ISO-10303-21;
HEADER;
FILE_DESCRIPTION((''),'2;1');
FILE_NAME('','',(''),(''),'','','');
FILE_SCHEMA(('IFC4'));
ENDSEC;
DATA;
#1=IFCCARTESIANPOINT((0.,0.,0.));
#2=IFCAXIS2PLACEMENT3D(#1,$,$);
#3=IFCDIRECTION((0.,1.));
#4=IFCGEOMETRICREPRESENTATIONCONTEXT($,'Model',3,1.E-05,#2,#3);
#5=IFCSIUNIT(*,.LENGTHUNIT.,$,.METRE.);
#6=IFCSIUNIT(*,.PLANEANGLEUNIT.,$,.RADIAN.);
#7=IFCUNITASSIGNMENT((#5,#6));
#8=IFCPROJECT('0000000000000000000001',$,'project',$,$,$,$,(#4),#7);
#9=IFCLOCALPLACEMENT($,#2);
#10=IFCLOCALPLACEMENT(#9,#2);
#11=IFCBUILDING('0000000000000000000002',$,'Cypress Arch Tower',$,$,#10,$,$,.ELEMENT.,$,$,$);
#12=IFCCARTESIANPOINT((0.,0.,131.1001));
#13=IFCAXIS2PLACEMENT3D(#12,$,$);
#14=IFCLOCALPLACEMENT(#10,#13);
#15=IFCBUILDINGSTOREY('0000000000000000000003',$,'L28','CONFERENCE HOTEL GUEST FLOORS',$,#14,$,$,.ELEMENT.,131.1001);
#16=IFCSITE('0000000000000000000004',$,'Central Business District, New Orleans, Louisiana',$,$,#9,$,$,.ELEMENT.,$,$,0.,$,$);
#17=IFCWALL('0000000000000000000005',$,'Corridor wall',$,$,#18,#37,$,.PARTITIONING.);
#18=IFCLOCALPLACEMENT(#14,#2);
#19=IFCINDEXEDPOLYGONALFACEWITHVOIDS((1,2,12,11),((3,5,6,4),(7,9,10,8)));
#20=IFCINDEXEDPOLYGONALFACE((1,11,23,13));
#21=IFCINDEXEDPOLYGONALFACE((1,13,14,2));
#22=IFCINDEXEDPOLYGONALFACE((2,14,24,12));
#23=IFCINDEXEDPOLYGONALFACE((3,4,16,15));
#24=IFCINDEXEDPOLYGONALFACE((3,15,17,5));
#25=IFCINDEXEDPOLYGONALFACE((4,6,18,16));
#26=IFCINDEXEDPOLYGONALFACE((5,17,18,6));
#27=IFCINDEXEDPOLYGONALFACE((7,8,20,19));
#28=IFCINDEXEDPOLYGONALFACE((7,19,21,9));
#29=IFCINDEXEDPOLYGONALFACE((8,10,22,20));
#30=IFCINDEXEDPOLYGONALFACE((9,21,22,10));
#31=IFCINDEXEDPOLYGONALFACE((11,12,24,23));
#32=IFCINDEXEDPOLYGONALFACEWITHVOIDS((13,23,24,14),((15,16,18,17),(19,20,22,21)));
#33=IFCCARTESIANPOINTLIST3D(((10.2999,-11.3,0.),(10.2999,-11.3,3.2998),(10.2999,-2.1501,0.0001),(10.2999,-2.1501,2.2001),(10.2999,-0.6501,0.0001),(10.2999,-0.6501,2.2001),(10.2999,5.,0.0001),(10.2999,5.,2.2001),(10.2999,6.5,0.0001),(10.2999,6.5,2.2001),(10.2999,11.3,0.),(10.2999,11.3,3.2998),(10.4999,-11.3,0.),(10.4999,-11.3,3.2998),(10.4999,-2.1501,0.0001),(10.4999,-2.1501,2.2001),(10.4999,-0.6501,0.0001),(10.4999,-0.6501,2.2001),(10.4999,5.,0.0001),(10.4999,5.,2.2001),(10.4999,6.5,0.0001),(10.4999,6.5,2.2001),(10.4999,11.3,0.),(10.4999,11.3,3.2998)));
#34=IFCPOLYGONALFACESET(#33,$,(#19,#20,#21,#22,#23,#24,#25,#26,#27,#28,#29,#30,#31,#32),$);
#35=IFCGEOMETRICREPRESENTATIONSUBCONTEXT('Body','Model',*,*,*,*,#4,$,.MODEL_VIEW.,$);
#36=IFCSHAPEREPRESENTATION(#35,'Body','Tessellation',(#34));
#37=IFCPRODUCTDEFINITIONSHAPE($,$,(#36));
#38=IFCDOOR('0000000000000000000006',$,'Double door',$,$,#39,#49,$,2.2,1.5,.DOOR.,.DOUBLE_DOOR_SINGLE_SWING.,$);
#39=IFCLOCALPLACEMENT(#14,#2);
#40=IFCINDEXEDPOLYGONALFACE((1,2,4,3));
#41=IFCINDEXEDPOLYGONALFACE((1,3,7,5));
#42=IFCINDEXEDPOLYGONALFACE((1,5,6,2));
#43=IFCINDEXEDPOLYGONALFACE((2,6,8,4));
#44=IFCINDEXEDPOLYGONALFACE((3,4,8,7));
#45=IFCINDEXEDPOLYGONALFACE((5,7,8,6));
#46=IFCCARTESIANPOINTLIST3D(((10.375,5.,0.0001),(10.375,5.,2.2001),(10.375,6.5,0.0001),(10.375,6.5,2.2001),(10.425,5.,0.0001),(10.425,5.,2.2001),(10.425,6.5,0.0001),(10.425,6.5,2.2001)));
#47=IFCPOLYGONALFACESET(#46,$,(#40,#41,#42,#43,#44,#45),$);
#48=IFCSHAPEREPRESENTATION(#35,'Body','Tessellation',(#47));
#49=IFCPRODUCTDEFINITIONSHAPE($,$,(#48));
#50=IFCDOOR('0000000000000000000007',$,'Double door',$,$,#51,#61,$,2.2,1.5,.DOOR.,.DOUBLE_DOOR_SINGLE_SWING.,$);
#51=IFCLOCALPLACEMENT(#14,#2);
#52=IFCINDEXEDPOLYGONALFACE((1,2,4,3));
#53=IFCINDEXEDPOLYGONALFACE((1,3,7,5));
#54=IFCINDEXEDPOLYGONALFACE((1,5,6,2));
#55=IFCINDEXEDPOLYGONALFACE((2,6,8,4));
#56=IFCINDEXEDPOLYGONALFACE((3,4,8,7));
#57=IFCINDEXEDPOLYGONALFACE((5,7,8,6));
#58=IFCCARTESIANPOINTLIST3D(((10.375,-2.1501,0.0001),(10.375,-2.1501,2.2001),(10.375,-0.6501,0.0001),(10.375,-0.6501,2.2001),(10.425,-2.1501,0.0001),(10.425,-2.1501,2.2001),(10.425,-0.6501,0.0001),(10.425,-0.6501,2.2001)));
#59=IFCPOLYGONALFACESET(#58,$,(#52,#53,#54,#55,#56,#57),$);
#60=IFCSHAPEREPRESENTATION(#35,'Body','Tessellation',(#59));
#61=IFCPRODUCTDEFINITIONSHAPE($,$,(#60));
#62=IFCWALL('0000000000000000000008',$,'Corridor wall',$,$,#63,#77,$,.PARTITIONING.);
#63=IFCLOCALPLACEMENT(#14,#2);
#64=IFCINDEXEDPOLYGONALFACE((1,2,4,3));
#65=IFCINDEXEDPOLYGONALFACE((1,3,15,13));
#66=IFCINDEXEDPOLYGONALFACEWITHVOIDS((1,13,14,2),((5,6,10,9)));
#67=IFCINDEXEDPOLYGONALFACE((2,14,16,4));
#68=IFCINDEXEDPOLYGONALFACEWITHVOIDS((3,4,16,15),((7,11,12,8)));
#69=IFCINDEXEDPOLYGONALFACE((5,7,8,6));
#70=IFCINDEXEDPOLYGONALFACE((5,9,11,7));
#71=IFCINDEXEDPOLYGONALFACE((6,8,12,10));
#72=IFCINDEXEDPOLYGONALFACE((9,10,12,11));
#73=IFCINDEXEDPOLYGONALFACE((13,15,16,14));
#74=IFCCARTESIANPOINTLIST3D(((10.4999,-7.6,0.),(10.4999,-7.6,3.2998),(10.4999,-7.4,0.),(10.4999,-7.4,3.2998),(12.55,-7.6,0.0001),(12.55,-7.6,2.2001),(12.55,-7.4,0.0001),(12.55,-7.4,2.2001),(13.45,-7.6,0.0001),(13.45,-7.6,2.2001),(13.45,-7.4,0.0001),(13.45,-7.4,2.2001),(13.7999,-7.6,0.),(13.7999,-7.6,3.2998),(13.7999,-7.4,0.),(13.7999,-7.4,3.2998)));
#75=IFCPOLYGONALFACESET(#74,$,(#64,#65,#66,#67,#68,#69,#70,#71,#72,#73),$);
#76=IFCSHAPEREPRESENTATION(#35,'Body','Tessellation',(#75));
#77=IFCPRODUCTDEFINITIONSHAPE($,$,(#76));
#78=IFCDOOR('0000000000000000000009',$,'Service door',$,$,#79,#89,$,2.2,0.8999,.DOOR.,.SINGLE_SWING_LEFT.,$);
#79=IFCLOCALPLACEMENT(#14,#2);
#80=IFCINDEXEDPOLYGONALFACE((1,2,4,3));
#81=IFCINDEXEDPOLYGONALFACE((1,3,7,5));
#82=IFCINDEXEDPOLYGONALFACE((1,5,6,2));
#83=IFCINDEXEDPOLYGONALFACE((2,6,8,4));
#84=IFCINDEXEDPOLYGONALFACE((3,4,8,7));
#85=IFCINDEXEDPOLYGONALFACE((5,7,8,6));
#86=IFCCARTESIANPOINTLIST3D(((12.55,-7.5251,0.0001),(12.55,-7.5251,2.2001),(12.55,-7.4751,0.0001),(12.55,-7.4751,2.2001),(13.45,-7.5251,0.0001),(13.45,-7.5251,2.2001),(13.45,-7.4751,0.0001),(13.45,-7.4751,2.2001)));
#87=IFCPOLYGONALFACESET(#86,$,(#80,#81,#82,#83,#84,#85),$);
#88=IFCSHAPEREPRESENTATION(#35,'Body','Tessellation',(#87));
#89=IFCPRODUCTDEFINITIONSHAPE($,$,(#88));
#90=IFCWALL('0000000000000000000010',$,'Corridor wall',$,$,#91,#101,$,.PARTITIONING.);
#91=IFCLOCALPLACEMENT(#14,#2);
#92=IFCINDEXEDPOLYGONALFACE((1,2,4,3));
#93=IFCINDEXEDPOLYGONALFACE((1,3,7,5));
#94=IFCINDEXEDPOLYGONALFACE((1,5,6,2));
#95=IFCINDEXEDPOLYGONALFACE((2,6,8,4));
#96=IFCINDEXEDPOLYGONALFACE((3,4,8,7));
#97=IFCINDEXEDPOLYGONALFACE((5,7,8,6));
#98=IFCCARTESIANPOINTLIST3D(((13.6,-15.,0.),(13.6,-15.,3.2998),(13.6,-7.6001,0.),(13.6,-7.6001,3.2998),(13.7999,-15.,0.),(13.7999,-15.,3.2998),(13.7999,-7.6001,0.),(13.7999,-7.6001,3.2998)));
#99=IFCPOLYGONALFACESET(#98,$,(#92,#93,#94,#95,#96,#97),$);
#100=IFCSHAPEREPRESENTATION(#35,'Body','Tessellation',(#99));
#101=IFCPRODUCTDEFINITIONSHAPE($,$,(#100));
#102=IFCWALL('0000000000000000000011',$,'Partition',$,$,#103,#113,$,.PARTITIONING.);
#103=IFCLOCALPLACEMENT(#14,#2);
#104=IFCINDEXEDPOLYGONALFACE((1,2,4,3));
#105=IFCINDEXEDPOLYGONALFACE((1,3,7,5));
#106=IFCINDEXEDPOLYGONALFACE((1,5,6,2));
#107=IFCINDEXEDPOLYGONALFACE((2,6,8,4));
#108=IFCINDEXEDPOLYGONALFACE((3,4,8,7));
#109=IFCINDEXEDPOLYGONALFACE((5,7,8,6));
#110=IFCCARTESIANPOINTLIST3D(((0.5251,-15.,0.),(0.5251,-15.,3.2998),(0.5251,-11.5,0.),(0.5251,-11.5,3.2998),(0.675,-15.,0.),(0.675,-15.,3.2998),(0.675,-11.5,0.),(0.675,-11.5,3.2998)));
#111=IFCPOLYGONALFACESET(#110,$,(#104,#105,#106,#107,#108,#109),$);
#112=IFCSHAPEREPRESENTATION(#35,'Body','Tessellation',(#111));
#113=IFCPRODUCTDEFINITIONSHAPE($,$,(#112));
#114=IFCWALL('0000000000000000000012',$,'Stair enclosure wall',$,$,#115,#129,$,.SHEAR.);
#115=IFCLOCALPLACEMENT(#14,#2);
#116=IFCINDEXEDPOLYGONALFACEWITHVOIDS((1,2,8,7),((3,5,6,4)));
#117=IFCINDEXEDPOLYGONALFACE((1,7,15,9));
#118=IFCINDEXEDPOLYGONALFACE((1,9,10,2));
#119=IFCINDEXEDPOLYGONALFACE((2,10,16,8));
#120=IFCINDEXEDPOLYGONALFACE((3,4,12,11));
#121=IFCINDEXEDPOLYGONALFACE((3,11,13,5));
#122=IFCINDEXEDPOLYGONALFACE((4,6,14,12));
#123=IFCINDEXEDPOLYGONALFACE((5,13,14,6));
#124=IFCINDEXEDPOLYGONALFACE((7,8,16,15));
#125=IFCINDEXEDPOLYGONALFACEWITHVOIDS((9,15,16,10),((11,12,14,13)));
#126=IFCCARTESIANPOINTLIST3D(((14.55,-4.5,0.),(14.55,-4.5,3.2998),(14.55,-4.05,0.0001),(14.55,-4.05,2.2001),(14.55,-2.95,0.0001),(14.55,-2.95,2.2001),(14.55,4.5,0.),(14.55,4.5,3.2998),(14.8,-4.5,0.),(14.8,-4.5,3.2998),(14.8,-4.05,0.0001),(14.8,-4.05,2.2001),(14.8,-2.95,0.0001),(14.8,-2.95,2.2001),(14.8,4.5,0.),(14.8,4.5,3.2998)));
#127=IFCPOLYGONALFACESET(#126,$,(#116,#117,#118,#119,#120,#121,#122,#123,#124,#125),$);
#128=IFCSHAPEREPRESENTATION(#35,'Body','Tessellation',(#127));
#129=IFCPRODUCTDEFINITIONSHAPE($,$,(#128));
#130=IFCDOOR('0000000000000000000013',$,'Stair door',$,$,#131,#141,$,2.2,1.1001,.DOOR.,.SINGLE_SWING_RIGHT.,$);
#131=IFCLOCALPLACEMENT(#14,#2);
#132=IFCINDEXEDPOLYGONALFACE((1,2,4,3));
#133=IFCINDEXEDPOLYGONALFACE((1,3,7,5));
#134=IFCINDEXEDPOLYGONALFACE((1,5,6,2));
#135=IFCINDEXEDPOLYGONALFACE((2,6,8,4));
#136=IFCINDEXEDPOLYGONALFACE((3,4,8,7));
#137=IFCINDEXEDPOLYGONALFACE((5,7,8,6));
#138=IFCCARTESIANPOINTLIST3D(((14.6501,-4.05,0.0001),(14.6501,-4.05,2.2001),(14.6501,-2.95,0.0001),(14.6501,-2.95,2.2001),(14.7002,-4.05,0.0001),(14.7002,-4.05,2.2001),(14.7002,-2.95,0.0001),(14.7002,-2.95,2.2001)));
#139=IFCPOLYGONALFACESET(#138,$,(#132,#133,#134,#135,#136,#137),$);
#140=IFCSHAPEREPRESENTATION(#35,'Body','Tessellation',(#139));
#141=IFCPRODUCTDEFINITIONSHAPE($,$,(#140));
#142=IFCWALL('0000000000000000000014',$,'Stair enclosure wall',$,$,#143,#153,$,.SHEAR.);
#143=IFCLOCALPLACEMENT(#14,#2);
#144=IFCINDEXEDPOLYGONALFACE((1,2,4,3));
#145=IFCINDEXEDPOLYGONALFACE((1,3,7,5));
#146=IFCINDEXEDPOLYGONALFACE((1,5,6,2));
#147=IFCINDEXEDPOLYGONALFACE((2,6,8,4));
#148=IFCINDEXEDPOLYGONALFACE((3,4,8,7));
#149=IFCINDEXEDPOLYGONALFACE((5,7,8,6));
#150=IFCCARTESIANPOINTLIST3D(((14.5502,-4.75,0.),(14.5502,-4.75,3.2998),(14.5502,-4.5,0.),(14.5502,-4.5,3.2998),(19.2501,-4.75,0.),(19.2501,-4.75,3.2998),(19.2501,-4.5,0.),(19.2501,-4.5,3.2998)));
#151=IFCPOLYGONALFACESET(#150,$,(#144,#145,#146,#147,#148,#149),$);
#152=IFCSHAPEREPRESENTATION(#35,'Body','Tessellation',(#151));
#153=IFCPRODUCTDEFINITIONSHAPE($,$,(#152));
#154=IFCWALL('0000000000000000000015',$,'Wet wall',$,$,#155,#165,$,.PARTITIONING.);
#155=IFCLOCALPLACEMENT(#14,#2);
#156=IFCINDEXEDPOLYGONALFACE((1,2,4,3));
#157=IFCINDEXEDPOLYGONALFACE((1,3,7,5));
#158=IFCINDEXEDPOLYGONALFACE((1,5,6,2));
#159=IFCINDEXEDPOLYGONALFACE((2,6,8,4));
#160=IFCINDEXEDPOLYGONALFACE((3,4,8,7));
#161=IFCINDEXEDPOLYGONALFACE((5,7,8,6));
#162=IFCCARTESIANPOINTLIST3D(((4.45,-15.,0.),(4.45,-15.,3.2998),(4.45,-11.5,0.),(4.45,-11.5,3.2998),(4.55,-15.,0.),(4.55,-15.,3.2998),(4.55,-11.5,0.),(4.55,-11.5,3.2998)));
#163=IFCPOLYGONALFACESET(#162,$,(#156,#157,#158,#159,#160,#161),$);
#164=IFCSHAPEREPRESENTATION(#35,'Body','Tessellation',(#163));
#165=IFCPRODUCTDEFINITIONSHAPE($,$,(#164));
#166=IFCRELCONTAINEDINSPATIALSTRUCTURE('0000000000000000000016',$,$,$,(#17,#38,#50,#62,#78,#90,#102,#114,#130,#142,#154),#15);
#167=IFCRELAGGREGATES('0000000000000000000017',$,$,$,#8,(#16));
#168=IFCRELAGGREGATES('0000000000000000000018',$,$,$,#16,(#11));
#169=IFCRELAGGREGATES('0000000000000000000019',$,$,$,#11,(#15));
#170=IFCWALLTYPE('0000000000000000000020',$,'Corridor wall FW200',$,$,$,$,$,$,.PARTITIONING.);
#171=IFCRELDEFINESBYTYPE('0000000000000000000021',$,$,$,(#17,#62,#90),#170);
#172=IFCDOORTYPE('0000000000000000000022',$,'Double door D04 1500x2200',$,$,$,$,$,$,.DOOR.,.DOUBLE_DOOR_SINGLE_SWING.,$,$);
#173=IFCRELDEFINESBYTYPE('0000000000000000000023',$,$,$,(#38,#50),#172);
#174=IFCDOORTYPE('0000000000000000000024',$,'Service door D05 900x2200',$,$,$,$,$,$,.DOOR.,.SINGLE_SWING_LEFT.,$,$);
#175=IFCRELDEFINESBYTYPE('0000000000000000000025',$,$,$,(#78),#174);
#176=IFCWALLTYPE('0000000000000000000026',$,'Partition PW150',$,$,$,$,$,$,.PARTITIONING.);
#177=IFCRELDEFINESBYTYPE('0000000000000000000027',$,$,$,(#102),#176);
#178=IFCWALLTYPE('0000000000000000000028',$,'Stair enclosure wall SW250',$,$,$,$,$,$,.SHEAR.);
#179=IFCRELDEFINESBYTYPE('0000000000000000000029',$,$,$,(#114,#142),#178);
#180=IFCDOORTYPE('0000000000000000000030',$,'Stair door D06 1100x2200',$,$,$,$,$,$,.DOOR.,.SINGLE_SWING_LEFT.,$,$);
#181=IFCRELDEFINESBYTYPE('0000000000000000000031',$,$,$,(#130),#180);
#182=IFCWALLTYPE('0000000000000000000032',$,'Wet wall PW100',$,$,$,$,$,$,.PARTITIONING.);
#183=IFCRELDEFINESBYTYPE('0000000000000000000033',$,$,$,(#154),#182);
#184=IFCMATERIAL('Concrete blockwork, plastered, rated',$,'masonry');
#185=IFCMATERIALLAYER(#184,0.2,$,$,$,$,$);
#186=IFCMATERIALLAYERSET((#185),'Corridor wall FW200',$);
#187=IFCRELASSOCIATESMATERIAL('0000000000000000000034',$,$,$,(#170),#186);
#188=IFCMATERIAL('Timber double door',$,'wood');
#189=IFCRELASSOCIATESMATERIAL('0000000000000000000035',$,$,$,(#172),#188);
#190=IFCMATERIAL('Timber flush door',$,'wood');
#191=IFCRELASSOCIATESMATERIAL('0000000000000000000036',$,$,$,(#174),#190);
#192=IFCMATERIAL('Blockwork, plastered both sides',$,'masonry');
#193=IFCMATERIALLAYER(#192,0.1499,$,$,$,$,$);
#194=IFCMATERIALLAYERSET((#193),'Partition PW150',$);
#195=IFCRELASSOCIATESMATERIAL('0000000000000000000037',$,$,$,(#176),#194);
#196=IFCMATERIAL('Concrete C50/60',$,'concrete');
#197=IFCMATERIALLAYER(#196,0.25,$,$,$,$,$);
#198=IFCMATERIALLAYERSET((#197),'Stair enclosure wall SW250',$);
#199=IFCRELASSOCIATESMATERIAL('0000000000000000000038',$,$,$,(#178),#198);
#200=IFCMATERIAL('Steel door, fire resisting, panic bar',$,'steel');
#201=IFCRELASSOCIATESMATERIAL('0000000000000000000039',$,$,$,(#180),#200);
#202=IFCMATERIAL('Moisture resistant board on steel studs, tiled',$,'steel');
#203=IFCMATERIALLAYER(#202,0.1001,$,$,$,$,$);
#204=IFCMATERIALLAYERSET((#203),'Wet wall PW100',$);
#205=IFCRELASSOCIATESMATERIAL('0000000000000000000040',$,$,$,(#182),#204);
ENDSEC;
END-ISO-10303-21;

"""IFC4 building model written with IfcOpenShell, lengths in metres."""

from ifc_helpers import new_model, si_unit, direction, frame, frame_2d, origin, place, context, subcontext, project, spatial, rectangle, extrude, material, layer, layer_set, type_object, element, fill, save


model = new_model("IFC4")

# Units and contexts
model_context = context("Model", 3, precision=1e-05, world=origin(), true_north=direction((0.0, 1.0)))
body_context = subcontext(model_context, "Body", "Model", "MODEL_VIEW")
ifc_project = project(units=[si_unit("LENGTHUNIT", "METRE"), si_unit("PLANEANGLEUNIT", "RADIAN")], contexts=[model_context])

# Site, building, storey
site_placement = place(None, origin())
site = spatial("IfcSite", under=ifc_project, at=site_placement, Name="Central Business District, New Orleans, Louisiana", CompositionType="ELEMENT", RefElevation=0.0)
building_placement = place(site_placement, origin())
building = spatial("IfcBuilding", under=site, at=building_placement, Name="Cypress Arch Tower", CompositionType="ELEMENT")
storey_placement = place(building_placement, frame((0.0, 0.0, 131.1001)))
storey = spatial("IfcBuildingStorey", under=building, at=storey_placement, Name="L28", Description="CONFERENCE HOTEL GUEST FLOORS", CompositionType="ELEMENT", Elevation=131.1001)

# Shared definitions
ifc_material_1 = material(Name="Concrete blockwork, plastered, rated", Category="masonry")
ifc_layer_1 = layer(ifc_material_1, 0.2)
ifc_layer_set_1 = layer_set([ifc_layer_1], Name="Corridor wall FW200")
wall_type_1 = type_object("IfcWallType", Name="Corridor wall FW200", PredefinedType="PARTITIONING", material=ifc_layer_set_1)

# Wall, openings, doors
wall_1_placement = place(storey_placement, frame((10.3999, -11.3, 0.0), z_axis=(0.0, 0.0, 1.0), x_axis=(0.0, 1.0, 0.0)))
wall_1 = element("IfcWall", 1, at=wall_1_placement, inside=storey, type_object=wall_type_1, Name="Corridor wall", PredefinedType="PARTITIONING", context=body_context, shape_type="SweptSolid", body=[
    extrude(rectangle(XDim=22.6001, YDim=0.2, at=frame_2d((11.3, 0.0))), origin(), (0.0, 0.0, 1.0), 3.2998),
])
opening_1_placement = place(wall_1_placement, frame((16.3, 0.0, 0.0)))
opening_1 = element("IfcOpeningElement", 2, at=opening_1_placement, cuts=wall_1, PredefinedType="OPENING", context=body_context, shape_type="SweptSolid", body=[
    extrude(rectangle(XDim=1.5, YDim=2.2, at=frame_2d((0.75, 1.1001))), frame((0.0, 0.1099, 0.0), z_axis=(0.0, -1.0, 0.0), x_axis=(1.0, 0.0, 0.0)), (0.0, 0.0, 1.0), 0.22),
])
opening_2_placement = place(wall_1_placement, frame((9.1499, 0.0, 0.0)))
opening_2 = element("IfcOpeningElement", 3, at=opening_2_placement, cuts=wall_1, PredefinedType="OPENING", context=body_context, shape_type="SweptSolid", body=[
    extrude(rectangle(XDim=1.5, YDim=2.2, at=frame_2d((0.75, 1.1001))), frame((0.0, 0.1099, 0.0), z_axis=(0.0, -1.0, 0.0), x_axis=(1.0, 0.0, 0.0)), (0.0, 0.0, 1.0), 0.22),
])
ifc_material_2 = material(Name="Timber double door", Category="wood")
door_type_1 = type_object("IfcDoorType", Name="Double door D04 1500x2200", OperationType="DOUBLE_DOOR_SINGLE_SWING", PredefinedType="DOOR", material=ifc_material_2)
door_1_placement = place(opening_1_placement, origin())
door_1 = element("IfcDoor", 4, at=door_1_placement, inside=storey, type_object=door_type_1, Name="Double door", OperationType="DOUBLE_DOOR_SINGLE_SWING", OverallHeight=2.2, OverallWidth=1.5, PredefinedType="DOOR", context=body_context, shape_type="SweptSolid", body=[
    extrude(rectangle(XDim=1.5, YDim=2.2, at=frame_2d((0.75, 1.1001))), frame((0.0, 0.0249, 0.0), z_axis=(0.0, -1.0, 0.0), x_axis=(1.0, 0.0, 0.0)), (0.0, 0.0, 1.0), 0.05),
])
fill(opening_1, door_1)
door_2_placement = place(opening_2_placement, origin())
door_2 = element("IfcDoor", 5, at=door_2_placement, inside=storey, type_object=door_type_1, Name="Double door", OperationType="DOUBLE_DOOR_SINGLE_SWING", OverallHeight=2.2, OverallWidth=1.5, PredefinedType="DOOR", context=body_context, shape_type="SweptSolid", body=[
    extrude(rectangle(XDim=1.5, YDim=2.2, at=frame_2d((0.75, 1.1001))), frame((0.0, 0.0249, 0.0), z_axis=(0.0, -1.0, 0.0), x_axis=(1.0, 0.0, 0.0)), (0.0, 0.0, 1.0), 0.05),
])
fill(opening_2, door_2)

# Wall, opening, door
wall_2_placement = place(storey_placement, frame((10.5, -7.5, 0.0), z_axis=(0.0, 0.0, 1.0), x_axis=(1.0, 0.0, 0.0)))
wall_2 = element("IfcWall", 6, at=wall_2_placement, inside=storey, type_object=wall_type_1, Name="Corridor wall", PredefinedType="PARTITIONING", context=body_context, shape_type="SweptSolid", body=[
    extrude(rectangle(XDim=3.3, YDim=0.2, at=frame_2d((1.6499, 0.0))), origin(), (0.0, 0.0, 1.0), 3.2998),
])
opening_3_placement = place(wall_2_placement, frame((2.05, 0.0, 0.0)))
opening_3 = element("IfcOpeningElement", 7, at=opening_3_placement, cuts=wall_2, PredefinedType="OPENING", context=body_context, shape_type="SweptSolid", body=[
    extrude(rectangle(XDim=0.8999, YDim=2.2, at=frame_2d((0.45, 1.1001))), frame((0.0, 0.1099, 0.0), z_axis=(0.0, -1.0, 0.0), x_axis=(1.0, 0.0, 0.0)), (0.0, 0.0, 1.0), 0.22),
])
ifc_material_3 = material(Name="Timber flush door", Category="wood")
door_type_2 = type_object("IfcDoorType", Name="Service door D05 900x2200", OperationType="SINGLE_SWING_LEFT", PredefinedType="DOOR", material=ifc_material_3)
door_3_placement = place(opening_3_placement, origin())
door_3 = element("IfcDoor", 8, at=door_3_placement, inside=storey, type_object=door_type_2, Name="Service door", OperationType="SINGLE_SWING_LEFT", OverallHeight=2.2, OverallWidth=0.8999, PredefinedType="DOOR", context=body_context, shape_type="SweptSolid", body=[
    extrude(rectangle(XDim=0.8999, YDim=2.2, at=frame_2d((0.45, 1.1001))), frame((0.0, 0.0249, 0.0), z_axis=(0.0, -1.0, 0.0), x_axis=(1.0, 0.0, 0.0)), (0.0, 0.0, 1.0), 0.05),
])
fill(opening_3, door_3)

# Walls
wall_3_placement = place(storey_placement, frame((13.7, -15.0, 0.0), z_axis=(0.0, 0.0, 1.0), x_axis=(0.0, 1.0, 0.0)))
element("IfcWall", 9, at=wall_3_placement, inside=storey, type_object=wall_type_1, Name="Corridor wall", PredefinedType="PARTITIONING", context=body_context, shape_type="SweptSolid", body=[
    extrude(rectangle(XDim=7.3999, YDim=0.2, at=frame_2d((3.7, 0.0))), origin(), (0.0, 0.0, 1.0), 3.2998),
])
ifc_material_4 = material(Name="Blockwork, plastered both sides", Category="masonry")
ifc_layer_2 = layer(ifc_material_4, 0.1499)
ifc_layer_set_2 = layer_set([ifc_layer_2], Name="Partition PW150")
wall_type_2 = type_object("IfcWallType", Name="Partition PW150", PredefinedType="PARTITIONING", material=ifc_layer_set_2)
wall_4_placement = place(storey_placement, frame((0.6001, -15.0, 0.0), z_axis=(0.0, 0.0, 1.0), x_axis=(0.0, 1.0, 0.0)))
element("IfcWall", 10, at=wall_4_placement, inside=storey, type_object=wall_type_2, Name="Partition", PredefinedType="PARTITIONING", context=body_context, shape_type="SweptSolid", body=[
    extrude(rectangle(XDim=3.5, YDim=0.1499, at=frame_2d((1.75, 0.0))), origin(), (0.0, 0.0, 1.0), 3.2998),
])

# Wall, opening, door
ifc_material_5 = material(Name="Concrete C50/60", Category="concrete")
ifc_layer_3 = layer(ifc_material_5, 0.25)
ifc_layer_set_3 = layer_set([ifc_layer_3], Name="Stair enclosure wall SW250")
wall_type_3 = type_object("IfcWallType", Name="Stair enclosure wall SW250", PredefinedType="SHEAR", material=ifc_layer_set_3)
wall_5_placement = place(storey_placement, frame((14.675, -4.5, 0.0), z_axis=(0.0, 0.0, 1.0), x_axis=(0.0, 1.0, 0.0)))
wall_5 = element("IfcWall", 11, at=wall_5_placement, inside=storey, type_object=wall_type_3, Name="Stair enclosure wall", PredefinedType="SHEAR", context=body_context, shape_type="SweptSolid", body=[
    extrude(rectangle(XDim=9.0, YDim=0.25, at=frame_2d((4.5, 0.0))), origin(), (0.0, 0.0, 1.0), 3.2998),
])
opening_4_placement = place(wall_5_placement, frame((0.45, 0.0, 0.0)))
opening_4 = element("IfcOpeningElement", 12, at=opening_4_placement, cuts=wall_5, PredefinedType="OPENING", context=body_context, shape_type="SweptSolid", body=[
    extrude(rectangle(XDim=1.1001, YDim=2.2, at=frame_2d((0.55, 1.1001))), frame((0.0, 0.135, 0.0), z_axis=(0.0, -1.0, 0.0), x_axis=(1.0, 0.0, 0.0)), (0.0, 0.0, 1.0), 0.27),
])
ifc_material_6 = material(Name="Steel door, fire resisting, panic bar", Category="steel")
door_type_3 = type_object("IfcDoorType", Name="Stair door D06 1100x2200", OperationType="SINGLE_SWING_LEFT", PredefinedType="DOOR", material=ifc_material_6)
door_4_placement = place(opening_4_placement, origin())
door_4 = element("IfcDoor", 13, at=door_4_placement, inside=storey, type_object=door_type_3, Name="Stair door", OperationType="SINGLE_SWING_RIGHT", OverallHeight=2.2, OverallWidth=1.1001, PredefinedType="DOOR", context=body_context, shape_type="SweptSolid", body=[
    extrude(rectangle(XDim=1.1001, YDim=2.2, at=frame_2d((0.55, 1.1001))), frame((0.0, 0.0249, 0.0), z_axis=(0.0, -1.0, 0.0), x_axis=(1.0, 0.0, 0.0)), (0.0, 0.0, 1.0), 0.05),
])
fill(opening_4, door_4)

# Walls
wall_6_placement = place(storey_placement, frame((14.55, -4.625, 0.0), z_axis=(0.0, 0.0, 1.0), x_axis=(1.0, 0.0, 0.0)))
element("IfcWall", 14, at=wall_6_placement, inside=storey, type_object=wall_type_3, Name="Stair enclosure wall", PredefinedType="SHEAR", context=body_context, shape_type="SweptSolid", body=[
    extrude(rectangle(XDim=4.7, YDim=0.25, at=frame_2d((2.3501, 0.0))), origin(), (0.0, 0.0, 1.0), 3.2998),
])
ifc_material_7 = material(Name="Moisture resistant board on steel studs, tiled", Category="steel")
ifc_layer_4 = layer(ifc_material_7, 0.1001)
ifc_layer_set_4 = layer_set([ifc_layer_4], Name="Wet wall PW100")
wall_type_4 = type_object("IfcWallType", Name="Wet wall PW100", PredefinedType="PARTITIONING", material=ifc_layer_set_4)
wall_7_placement = place(storey_placement, frame((4.5, -15.0, 0.0), z_axis=(0.0, 0.0, 1.0), x_axis=(0.0, 1.0, 0.0)))
element("IfcWall", 15, at=wall_7_placement, inside=storey, type_object=wall_type_4, Name="Wet wall", PredefinedType="PARTITIONING", context=body_context, shape_type="SweptSolid", body=[
    extrude(rectangle(XDim=3.5, YDim=0.1001, at=frame_2d((1.75, 0.0))), origin(), (0.0, 0.0, 1.0), 3.2998),
])

save(model, "model.ifc")
